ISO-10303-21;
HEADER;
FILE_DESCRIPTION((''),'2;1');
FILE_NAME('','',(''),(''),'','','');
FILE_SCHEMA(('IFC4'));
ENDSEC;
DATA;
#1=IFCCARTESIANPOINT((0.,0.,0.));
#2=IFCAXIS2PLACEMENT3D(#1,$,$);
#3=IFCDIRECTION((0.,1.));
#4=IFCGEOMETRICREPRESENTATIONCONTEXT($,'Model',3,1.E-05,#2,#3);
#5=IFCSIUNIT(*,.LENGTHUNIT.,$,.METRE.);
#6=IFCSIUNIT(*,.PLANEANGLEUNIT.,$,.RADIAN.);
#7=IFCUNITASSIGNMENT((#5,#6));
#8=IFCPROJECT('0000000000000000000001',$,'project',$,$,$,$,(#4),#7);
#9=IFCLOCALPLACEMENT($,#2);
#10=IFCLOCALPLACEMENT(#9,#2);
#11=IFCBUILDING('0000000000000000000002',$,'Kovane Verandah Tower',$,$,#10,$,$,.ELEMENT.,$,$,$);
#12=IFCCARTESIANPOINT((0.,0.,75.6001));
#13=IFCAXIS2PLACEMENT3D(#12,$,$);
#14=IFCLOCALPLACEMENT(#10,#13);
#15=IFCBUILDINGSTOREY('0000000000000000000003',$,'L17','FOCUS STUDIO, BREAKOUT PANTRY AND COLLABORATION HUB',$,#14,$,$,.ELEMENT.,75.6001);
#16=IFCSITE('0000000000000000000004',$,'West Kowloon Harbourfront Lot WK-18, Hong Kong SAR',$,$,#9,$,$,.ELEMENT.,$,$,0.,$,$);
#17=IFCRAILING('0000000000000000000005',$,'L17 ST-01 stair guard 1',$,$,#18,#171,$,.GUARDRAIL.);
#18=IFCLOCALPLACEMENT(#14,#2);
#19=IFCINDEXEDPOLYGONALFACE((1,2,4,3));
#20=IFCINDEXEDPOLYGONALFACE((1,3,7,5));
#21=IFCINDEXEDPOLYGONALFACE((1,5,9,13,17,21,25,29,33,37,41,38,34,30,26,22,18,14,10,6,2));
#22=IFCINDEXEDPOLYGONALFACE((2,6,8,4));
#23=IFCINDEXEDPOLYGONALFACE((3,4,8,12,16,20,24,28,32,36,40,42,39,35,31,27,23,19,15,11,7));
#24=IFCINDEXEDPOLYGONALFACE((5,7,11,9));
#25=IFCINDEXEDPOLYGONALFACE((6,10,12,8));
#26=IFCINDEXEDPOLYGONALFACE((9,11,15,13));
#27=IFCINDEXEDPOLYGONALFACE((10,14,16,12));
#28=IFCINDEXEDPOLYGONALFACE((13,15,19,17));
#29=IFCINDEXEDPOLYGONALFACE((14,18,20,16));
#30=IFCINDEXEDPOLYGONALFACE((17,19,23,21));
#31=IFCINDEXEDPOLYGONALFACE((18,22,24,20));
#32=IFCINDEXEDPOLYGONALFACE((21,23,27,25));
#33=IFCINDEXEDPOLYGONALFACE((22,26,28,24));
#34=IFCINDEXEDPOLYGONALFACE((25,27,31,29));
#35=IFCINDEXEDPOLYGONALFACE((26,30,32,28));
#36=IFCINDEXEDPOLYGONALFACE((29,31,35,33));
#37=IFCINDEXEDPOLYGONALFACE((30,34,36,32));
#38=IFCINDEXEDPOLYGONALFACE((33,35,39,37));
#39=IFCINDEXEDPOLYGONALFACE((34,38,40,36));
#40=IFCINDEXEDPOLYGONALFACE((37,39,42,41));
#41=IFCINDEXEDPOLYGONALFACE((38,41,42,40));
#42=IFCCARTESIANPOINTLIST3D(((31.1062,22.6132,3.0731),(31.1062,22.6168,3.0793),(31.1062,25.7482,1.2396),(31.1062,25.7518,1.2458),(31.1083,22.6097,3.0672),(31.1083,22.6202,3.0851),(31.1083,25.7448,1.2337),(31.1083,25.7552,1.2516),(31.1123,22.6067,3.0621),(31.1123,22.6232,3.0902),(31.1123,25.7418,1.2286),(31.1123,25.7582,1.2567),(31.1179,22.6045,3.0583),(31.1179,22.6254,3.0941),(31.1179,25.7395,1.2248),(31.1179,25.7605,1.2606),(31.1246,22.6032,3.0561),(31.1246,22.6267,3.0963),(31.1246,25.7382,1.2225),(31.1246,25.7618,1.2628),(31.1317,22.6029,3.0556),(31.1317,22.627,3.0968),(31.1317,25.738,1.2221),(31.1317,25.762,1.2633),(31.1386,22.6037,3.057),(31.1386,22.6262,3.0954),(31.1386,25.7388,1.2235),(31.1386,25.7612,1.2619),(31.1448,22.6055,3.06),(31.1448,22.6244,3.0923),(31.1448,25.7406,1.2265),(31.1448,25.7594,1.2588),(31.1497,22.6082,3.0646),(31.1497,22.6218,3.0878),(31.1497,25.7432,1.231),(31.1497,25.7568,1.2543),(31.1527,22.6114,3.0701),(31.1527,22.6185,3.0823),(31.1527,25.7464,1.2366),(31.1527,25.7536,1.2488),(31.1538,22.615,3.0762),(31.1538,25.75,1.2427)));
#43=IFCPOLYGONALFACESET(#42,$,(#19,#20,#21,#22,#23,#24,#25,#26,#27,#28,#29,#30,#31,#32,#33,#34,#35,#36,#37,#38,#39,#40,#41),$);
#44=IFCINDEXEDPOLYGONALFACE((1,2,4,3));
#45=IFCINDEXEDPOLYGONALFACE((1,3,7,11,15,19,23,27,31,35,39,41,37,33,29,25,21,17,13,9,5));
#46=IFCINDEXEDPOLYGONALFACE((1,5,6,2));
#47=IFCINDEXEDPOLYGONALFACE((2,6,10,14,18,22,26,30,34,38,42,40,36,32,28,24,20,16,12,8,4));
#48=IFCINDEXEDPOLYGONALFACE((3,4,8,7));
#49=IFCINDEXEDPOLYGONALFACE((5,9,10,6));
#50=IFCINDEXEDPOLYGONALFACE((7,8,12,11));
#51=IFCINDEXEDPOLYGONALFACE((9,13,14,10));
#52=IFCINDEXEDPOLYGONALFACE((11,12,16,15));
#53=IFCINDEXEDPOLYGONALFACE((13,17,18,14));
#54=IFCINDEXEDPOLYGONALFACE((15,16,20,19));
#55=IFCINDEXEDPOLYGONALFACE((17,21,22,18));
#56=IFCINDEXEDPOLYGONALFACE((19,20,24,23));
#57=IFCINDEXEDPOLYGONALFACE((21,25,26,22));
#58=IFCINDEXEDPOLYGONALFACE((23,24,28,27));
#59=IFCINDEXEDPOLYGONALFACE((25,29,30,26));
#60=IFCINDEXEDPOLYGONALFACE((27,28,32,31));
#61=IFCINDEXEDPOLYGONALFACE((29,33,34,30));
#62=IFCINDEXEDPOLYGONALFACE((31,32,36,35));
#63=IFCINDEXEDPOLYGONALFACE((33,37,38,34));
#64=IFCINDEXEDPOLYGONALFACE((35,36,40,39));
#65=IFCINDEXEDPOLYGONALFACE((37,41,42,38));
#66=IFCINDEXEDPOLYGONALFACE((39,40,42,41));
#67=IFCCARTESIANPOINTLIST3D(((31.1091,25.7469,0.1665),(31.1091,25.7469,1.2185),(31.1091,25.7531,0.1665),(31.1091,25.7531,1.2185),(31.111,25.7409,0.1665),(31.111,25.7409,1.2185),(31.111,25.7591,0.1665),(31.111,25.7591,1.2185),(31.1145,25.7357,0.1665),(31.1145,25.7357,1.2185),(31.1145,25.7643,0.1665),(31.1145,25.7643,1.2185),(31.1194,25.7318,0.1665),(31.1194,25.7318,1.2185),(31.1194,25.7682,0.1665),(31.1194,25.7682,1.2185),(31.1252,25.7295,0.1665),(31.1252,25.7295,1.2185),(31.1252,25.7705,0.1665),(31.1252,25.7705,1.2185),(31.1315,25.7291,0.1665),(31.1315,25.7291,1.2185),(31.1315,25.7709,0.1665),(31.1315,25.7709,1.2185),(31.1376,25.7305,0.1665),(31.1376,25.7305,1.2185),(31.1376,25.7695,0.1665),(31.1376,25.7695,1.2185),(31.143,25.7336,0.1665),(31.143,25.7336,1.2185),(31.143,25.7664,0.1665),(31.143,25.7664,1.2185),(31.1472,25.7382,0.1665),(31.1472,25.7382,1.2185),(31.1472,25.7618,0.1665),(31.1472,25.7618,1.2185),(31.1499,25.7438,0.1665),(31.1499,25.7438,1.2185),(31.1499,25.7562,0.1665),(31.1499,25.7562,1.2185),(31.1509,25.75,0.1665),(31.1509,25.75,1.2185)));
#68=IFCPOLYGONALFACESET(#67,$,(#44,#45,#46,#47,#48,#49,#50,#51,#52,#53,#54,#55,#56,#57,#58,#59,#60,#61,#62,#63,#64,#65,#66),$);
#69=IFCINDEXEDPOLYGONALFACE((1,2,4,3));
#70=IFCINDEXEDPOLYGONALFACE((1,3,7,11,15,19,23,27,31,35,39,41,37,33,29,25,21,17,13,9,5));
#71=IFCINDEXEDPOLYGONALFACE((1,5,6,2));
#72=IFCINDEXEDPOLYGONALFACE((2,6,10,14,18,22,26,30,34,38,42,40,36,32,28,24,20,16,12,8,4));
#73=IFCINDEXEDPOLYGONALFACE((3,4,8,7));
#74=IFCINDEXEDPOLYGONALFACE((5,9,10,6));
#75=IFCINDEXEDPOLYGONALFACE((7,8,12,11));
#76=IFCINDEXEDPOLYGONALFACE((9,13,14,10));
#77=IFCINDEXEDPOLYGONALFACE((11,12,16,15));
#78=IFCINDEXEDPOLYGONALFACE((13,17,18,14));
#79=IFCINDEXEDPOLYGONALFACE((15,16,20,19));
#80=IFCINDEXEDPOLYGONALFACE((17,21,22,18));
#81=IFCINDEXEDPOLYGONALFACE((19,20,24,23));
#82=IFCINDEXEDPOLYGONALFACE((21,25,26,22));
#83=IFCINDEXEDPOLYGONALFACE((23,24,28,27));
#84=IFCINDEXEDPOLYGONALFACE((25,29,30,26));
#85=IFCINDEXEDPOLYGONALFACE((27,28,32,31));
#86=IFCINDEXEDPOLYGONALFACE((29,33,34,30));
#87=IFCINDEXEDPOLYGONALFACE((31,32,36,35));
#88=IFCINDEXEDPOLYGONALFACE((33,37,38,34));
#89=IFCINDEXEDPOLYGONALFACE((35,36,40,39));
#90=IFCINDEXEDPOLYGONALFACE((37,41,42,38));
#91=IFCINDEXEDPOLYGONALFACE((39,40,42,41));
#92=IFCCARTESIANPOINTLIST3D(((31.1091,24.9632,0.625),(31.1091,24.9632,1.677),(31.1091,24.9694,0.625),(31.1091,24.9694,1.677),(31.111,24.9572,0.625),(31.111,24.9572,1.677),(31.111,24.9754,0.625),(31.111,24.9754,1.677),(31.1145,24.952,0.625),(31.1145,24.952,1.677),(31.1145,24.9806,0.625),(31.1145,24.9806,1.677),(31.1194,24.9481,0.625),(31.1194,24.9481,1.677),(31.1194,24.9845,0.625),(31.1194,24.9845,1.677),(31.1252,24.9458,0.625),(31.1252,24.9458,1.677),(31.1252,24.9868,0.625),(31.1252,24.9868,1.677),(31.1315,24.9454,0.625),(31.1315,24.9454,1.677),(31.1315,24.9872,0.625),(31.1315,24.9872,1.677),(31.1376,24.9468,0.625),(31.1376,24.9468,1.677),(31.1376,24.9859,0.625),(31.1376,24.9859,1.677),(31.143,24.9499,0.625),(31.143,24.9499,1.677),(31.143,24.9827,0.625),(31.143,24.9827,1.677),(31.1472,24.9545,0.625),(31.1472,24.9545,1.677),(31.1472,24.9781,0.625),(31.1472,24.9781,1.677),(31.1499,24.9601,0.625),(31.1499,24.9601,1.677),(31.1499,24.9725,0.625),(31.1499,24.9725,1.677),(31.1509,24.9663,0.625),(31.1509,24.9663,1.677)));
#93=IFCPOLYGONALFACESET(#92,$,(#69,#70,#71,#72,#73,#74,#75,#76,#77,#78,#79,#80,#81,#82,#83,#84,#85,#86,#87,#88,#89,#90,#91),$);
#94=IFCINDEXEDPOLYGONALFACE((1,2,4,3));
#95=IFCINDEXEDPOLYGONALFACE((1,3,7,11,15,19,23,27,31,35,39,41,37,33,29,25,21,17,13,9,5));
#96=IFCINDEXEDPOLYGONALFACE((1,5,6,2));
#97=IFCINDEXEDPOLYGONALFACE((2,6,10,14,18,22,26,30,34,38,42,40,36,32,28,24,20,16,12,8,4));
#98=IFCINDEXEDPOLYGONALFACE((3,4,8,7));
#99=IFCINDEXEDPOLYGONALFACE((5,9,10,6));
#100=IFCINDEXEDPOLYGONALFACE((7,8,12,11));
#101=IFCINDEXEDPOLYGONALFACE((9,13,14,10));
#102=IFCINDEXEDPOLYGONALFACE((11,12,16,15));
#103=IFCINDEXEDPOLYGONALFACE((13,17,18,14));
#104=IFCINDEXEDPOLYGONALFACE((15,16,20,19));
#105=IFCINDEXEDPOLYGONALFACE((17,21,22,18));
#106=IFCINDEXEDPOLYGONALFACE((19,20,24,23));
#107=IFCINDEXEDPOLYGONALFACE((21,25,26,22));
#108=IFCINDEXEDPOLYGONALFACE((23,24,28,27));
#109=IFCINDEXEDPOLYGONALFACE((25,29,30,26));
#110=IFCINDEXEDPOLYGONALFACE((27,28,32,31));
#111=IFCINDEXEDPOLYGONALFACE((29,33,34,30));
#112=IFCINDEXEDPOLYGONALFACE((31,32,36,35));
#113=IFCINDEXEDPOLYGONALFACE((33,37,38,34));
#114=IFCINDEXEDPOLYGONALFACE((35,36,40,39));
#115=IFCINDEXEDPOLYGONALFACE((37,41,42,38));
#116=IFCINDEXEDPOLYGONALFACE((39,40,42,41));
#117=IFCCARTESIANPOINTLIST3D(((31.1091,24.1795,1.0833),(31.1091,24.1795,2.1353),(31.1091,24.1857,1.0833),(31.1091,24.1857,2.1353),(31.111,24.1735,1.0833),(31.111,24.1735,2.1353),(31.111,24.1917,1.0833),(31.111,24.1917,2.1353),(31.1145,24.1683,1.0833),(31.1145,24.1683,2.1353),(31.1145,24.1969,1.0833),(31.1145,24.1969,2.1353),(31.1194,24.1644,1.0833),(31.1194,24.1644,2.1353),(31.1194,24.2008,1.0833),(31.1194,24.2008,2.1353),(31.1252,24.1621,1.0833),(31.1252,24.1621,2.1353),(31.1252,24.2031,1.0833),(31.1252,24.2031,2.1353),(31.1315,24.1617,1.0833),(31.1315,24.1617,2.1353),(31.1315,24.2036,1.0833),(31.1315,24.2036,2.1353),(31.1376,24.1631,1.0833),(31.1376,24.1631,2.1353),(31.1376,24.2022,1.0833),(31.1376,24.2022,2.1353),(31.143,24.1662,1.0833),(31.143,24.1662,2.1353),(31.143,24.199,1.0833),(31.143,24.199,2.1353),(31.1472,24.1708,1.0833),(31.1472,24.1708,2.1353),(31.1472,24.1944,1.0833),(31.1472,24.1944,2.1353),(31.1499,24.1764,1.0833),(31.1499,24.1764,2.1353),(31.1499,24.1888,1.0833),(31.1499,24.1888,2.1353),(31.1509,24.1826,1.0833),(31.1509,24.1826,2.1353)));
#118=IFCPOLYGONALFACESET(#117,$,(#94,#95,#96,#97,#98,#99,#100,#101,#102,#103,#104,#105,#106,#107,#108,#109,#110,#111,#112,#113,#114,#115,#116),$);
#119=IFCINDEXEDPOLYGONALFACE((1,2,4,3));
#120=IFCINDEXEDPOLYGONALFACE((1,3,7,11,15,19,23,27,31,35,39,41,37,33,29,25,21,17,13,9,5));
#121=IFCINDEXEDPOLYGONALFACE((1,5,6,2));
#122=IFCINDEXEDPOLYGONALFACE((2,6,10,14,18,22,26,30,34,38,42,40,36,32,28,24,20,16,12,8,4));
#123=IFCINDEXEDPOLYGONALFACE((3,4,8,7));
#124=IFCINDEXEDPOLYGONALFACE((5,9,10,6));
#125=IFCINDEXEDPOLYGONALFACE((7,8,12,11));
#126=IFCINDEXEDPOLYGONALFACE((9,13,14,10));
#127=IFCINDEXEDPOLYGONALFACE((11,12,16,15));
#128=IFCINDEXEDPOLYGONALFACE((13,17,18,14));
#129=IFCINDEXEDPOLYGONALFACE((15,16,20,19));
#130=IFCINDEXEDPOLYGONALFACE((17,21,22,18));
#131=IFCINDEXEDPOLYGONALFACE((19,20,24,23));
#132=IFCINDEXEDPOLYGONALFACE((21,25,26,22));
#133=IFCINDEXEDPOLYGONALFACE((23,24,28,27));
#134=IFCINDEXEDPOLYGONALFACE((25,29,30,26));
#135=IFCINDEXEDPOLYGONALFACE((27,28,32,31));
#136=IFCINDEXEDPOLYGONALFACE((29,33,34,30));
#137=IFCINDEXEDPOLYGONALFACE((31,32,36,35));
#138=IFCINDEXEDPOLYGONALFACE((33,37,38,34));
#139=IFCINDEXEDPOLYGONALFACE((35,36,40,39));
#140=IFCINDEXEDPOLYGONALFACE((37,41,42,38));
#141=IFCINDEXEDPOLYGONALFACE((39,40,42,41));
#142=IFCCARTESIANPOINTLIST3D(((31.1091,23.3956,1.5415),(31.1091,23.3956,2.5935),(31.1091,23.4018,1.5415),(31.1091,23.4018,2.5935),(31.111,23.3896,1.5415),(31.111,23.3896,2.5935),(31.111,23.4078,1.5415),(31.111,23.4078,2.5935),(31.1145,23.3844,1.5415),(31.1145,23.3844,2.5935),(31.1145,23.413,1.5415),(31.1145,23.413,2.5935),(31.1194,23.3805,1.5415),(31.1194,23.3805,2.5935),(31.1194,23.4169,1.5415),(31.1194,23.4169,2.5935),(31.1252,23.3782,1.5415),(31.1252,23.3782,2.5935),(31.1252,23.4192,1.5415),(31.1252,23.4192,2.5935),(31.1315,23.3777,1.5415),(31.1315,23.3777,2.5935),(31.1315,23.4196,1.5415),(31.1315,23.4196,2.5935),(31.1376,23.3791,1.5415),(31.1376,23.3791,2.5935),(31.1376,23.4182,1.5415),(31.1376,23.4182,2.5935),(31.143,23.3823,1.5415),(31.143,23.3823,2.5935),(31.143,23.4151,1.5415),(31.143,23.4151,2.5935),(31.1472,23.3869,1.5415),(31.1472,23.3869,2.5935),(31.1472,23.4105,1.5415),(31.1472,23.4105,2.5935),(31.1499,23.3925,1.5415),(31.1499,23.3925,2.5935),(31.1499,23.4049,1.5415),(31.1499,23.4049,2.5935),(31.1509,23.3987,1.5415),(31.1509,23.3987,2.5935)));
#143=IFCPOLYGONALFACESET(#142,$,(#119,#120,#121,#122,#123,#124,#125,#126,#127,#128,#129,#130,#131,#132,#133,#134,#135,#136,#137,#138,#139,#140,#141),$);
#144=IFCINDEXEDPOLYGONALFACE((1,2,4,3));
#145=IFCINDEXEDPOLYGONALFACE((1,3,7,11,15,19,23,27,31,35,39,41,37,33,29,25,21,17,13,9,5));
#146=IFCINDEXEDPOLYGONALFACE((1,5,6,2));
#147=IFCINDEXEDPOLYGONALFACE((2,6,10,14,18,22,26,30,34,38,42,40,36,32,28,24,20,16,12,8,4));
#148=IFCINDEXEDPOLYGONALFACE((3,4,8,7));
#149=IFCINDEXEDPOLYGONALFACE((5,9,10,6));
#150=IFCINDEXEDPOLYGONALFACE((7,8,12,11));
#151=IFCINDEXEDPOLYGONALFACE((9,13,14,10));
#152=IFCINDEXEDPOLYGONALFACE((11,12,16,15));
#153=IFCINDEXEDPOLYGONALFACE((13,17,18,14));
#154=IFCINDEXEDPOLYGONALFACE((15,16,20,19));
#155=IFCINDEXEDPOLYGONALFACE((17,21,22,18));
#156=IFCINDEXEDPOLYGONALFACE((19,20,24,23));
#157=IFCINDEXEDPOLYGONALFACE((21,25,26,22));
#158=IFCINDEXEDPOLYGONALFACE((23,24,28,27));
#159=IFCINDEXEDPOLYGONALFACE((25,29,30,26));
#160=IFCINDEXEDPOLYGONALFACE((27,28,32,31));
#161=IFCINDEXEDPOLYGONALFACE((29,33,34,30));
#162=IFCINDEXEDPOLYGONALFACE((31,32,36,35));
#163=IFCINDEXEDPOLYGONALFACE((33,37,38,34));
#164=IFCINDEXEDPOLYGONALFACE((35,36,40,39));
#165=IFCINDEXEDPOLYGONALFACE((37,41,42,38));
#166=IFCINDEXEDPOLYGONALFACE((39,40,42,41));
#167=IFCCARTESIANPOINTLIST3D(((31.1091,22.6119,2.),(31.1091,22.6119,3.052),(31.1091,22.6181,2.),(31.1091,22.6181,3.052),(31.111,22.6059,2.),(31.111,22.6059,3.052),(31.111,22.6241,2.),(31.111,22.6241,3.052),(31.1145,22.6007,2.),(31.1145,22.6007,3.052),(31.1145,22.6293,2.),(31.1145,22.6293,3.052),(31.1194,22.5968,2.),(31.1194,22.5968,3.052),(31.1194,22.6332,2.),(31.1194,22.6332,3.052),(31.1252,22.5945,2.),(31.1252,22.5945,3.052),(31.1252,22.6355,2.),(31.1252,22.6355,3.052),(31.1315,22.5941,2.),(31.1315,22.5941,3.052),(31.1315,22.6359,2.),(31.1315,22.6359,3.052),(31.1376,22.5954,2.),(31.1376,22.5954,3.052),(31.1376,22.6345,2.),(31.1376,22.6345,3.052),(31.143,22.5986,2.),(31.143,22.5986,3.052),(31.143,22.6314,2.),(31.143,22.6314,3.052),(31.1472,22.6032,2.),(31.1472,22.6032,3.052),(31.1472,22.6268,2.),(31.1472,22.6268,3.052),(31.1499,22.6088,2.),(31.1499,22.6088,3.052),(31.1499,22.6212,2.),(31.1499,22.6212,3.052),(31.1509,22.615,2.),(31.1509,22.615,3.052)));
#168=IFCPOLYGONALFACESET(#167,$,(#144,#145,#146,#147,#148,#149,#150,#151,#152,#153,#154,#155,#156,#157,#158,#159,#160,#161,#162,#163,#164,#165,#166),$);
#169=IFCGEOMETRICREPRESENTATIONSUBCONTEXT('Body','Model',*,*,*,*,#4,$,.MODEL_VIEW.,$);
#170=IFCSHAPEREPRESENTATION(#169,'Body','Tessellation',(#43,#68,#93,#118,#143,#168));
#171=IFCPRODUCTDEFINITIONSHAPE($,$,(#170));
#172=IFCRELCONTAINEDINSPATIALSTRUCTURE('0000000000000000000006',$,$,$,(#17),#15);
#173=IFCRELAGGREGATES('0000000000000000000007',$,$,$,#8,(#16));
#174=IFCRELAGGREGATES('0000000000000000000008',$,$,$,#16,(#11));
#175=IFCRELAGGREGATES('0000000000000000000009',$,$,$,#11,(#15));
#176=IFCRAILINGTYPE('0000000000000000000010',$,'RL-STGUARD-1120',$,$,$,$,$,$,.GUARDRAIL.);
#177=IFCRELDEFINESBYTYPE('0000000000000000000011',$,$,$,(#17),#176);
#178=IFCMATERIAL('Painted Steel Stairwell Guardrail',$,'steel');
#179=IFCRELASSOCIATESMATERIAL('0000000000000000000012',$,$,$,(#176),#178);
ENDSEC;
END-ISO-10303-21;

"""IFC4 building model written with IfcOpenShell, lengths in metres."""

from ifc_helpers import new_model, si_unit, direction, frame, origin, origin_2d, place, context, subcontext, project, spatial, circle, extrude, material, type_object, element, save


model = new_model("IFC4")

# Units and contexts
model_context = context("Model", 3, precision=1e-05, world=origin(), true_north=direction((0.0, 1.0)))
body_context = subcontext(model_context, "Body", "Model", "MODEL_VIEW")
ifc_project = project(units=[si_unit("LENGTHUNIT", "METRE"), si_unit("PLANEANGLEUNIT", "RADIAN")], contexts=[model_context])

# Site, building, storey
site_placement = place(None, origin())
site = spatial("IfcSite", under=ifc_project, at=site_placement, Name="West Kowloon Harbourfront Lot WK-18, Hong Kong SAR", CompositionType="ELEMENT", RefElevation=0.0)
building_placement = place(site_placement, origin())
building = spatial("IfcBuilding", under=site, at=building_placement, Name="Kovane Verandah Tower", CompositionType="ELEMENT")
storey_placement = place(building_placement, frame((0.0, 0.0, 75.6001)))
storey = spatial("IfcBuildingStorey", under=building, at=storey_placement, Name="L17", Description="FOCUS STUDIO, BREAKOUT PANTRY AND COLLABORATION HUB", CompositionType="ELEMENT", Elevation=75.6001)

# Railing
ifc_material_1 = material(Name="Painted Steel Stairwell Guardrail", Category="steel")
railing_type_1 = type_object("IfcRailingType", Name="RL-STGUARD-1120", PredefinedType="GUARDRAIL", material=ifc_material_1)
railing_1_placement = place(storey_placement, frame((31.1299, 25.75, 0.1665)))
element("IfcRailing", 1, at=railing_1_placement, inside=storey, type_object=railing_type_1, Name="L17 ST-01 stair guard 1", PredefinedType="GUARDRAIL", context=body_context, shape_type="SweptSolid", body=[
    extrude(circle(Radius=0.0239, at=origin_2d()), frame((0.0, 0.0, 1.0762), z_axis=(0.0, -0.86321, 0.504845), x_axis=(1.0, 0.0, 0.0)), (0.0, 0.0, 1.0), 3.6318),
    extrude(circle(Radius=0.021, at=origin_2d()), origin(), (0.0, 0.0, 1.0), 1.052),
    extrude(circle(Radius=0.021, at=origin_2d()), frame((0.0, -0.7837, 0.4585)), (0.0, 0.0, 1.0), 1.052),
    extrude(circle(Radius=0.021, at=origin_2d()), frame((0.0, -1.5674, 0.9167)), (0.0, 0.0, 1.0), 1.052),
    extrude(circle(Radius=0.021, at=origin_2d()), frame((0.0, -2.3513, 1.375)), (0.0, 0.0, 1.0), 1.052),
    extrude(circle(Radius=0.021, at=origin_2d()), frame((0.0, -3.135, 1.8335)), (0.0, 0.0, 1.0), 1.052),
])

save(model, "model.ifc")
